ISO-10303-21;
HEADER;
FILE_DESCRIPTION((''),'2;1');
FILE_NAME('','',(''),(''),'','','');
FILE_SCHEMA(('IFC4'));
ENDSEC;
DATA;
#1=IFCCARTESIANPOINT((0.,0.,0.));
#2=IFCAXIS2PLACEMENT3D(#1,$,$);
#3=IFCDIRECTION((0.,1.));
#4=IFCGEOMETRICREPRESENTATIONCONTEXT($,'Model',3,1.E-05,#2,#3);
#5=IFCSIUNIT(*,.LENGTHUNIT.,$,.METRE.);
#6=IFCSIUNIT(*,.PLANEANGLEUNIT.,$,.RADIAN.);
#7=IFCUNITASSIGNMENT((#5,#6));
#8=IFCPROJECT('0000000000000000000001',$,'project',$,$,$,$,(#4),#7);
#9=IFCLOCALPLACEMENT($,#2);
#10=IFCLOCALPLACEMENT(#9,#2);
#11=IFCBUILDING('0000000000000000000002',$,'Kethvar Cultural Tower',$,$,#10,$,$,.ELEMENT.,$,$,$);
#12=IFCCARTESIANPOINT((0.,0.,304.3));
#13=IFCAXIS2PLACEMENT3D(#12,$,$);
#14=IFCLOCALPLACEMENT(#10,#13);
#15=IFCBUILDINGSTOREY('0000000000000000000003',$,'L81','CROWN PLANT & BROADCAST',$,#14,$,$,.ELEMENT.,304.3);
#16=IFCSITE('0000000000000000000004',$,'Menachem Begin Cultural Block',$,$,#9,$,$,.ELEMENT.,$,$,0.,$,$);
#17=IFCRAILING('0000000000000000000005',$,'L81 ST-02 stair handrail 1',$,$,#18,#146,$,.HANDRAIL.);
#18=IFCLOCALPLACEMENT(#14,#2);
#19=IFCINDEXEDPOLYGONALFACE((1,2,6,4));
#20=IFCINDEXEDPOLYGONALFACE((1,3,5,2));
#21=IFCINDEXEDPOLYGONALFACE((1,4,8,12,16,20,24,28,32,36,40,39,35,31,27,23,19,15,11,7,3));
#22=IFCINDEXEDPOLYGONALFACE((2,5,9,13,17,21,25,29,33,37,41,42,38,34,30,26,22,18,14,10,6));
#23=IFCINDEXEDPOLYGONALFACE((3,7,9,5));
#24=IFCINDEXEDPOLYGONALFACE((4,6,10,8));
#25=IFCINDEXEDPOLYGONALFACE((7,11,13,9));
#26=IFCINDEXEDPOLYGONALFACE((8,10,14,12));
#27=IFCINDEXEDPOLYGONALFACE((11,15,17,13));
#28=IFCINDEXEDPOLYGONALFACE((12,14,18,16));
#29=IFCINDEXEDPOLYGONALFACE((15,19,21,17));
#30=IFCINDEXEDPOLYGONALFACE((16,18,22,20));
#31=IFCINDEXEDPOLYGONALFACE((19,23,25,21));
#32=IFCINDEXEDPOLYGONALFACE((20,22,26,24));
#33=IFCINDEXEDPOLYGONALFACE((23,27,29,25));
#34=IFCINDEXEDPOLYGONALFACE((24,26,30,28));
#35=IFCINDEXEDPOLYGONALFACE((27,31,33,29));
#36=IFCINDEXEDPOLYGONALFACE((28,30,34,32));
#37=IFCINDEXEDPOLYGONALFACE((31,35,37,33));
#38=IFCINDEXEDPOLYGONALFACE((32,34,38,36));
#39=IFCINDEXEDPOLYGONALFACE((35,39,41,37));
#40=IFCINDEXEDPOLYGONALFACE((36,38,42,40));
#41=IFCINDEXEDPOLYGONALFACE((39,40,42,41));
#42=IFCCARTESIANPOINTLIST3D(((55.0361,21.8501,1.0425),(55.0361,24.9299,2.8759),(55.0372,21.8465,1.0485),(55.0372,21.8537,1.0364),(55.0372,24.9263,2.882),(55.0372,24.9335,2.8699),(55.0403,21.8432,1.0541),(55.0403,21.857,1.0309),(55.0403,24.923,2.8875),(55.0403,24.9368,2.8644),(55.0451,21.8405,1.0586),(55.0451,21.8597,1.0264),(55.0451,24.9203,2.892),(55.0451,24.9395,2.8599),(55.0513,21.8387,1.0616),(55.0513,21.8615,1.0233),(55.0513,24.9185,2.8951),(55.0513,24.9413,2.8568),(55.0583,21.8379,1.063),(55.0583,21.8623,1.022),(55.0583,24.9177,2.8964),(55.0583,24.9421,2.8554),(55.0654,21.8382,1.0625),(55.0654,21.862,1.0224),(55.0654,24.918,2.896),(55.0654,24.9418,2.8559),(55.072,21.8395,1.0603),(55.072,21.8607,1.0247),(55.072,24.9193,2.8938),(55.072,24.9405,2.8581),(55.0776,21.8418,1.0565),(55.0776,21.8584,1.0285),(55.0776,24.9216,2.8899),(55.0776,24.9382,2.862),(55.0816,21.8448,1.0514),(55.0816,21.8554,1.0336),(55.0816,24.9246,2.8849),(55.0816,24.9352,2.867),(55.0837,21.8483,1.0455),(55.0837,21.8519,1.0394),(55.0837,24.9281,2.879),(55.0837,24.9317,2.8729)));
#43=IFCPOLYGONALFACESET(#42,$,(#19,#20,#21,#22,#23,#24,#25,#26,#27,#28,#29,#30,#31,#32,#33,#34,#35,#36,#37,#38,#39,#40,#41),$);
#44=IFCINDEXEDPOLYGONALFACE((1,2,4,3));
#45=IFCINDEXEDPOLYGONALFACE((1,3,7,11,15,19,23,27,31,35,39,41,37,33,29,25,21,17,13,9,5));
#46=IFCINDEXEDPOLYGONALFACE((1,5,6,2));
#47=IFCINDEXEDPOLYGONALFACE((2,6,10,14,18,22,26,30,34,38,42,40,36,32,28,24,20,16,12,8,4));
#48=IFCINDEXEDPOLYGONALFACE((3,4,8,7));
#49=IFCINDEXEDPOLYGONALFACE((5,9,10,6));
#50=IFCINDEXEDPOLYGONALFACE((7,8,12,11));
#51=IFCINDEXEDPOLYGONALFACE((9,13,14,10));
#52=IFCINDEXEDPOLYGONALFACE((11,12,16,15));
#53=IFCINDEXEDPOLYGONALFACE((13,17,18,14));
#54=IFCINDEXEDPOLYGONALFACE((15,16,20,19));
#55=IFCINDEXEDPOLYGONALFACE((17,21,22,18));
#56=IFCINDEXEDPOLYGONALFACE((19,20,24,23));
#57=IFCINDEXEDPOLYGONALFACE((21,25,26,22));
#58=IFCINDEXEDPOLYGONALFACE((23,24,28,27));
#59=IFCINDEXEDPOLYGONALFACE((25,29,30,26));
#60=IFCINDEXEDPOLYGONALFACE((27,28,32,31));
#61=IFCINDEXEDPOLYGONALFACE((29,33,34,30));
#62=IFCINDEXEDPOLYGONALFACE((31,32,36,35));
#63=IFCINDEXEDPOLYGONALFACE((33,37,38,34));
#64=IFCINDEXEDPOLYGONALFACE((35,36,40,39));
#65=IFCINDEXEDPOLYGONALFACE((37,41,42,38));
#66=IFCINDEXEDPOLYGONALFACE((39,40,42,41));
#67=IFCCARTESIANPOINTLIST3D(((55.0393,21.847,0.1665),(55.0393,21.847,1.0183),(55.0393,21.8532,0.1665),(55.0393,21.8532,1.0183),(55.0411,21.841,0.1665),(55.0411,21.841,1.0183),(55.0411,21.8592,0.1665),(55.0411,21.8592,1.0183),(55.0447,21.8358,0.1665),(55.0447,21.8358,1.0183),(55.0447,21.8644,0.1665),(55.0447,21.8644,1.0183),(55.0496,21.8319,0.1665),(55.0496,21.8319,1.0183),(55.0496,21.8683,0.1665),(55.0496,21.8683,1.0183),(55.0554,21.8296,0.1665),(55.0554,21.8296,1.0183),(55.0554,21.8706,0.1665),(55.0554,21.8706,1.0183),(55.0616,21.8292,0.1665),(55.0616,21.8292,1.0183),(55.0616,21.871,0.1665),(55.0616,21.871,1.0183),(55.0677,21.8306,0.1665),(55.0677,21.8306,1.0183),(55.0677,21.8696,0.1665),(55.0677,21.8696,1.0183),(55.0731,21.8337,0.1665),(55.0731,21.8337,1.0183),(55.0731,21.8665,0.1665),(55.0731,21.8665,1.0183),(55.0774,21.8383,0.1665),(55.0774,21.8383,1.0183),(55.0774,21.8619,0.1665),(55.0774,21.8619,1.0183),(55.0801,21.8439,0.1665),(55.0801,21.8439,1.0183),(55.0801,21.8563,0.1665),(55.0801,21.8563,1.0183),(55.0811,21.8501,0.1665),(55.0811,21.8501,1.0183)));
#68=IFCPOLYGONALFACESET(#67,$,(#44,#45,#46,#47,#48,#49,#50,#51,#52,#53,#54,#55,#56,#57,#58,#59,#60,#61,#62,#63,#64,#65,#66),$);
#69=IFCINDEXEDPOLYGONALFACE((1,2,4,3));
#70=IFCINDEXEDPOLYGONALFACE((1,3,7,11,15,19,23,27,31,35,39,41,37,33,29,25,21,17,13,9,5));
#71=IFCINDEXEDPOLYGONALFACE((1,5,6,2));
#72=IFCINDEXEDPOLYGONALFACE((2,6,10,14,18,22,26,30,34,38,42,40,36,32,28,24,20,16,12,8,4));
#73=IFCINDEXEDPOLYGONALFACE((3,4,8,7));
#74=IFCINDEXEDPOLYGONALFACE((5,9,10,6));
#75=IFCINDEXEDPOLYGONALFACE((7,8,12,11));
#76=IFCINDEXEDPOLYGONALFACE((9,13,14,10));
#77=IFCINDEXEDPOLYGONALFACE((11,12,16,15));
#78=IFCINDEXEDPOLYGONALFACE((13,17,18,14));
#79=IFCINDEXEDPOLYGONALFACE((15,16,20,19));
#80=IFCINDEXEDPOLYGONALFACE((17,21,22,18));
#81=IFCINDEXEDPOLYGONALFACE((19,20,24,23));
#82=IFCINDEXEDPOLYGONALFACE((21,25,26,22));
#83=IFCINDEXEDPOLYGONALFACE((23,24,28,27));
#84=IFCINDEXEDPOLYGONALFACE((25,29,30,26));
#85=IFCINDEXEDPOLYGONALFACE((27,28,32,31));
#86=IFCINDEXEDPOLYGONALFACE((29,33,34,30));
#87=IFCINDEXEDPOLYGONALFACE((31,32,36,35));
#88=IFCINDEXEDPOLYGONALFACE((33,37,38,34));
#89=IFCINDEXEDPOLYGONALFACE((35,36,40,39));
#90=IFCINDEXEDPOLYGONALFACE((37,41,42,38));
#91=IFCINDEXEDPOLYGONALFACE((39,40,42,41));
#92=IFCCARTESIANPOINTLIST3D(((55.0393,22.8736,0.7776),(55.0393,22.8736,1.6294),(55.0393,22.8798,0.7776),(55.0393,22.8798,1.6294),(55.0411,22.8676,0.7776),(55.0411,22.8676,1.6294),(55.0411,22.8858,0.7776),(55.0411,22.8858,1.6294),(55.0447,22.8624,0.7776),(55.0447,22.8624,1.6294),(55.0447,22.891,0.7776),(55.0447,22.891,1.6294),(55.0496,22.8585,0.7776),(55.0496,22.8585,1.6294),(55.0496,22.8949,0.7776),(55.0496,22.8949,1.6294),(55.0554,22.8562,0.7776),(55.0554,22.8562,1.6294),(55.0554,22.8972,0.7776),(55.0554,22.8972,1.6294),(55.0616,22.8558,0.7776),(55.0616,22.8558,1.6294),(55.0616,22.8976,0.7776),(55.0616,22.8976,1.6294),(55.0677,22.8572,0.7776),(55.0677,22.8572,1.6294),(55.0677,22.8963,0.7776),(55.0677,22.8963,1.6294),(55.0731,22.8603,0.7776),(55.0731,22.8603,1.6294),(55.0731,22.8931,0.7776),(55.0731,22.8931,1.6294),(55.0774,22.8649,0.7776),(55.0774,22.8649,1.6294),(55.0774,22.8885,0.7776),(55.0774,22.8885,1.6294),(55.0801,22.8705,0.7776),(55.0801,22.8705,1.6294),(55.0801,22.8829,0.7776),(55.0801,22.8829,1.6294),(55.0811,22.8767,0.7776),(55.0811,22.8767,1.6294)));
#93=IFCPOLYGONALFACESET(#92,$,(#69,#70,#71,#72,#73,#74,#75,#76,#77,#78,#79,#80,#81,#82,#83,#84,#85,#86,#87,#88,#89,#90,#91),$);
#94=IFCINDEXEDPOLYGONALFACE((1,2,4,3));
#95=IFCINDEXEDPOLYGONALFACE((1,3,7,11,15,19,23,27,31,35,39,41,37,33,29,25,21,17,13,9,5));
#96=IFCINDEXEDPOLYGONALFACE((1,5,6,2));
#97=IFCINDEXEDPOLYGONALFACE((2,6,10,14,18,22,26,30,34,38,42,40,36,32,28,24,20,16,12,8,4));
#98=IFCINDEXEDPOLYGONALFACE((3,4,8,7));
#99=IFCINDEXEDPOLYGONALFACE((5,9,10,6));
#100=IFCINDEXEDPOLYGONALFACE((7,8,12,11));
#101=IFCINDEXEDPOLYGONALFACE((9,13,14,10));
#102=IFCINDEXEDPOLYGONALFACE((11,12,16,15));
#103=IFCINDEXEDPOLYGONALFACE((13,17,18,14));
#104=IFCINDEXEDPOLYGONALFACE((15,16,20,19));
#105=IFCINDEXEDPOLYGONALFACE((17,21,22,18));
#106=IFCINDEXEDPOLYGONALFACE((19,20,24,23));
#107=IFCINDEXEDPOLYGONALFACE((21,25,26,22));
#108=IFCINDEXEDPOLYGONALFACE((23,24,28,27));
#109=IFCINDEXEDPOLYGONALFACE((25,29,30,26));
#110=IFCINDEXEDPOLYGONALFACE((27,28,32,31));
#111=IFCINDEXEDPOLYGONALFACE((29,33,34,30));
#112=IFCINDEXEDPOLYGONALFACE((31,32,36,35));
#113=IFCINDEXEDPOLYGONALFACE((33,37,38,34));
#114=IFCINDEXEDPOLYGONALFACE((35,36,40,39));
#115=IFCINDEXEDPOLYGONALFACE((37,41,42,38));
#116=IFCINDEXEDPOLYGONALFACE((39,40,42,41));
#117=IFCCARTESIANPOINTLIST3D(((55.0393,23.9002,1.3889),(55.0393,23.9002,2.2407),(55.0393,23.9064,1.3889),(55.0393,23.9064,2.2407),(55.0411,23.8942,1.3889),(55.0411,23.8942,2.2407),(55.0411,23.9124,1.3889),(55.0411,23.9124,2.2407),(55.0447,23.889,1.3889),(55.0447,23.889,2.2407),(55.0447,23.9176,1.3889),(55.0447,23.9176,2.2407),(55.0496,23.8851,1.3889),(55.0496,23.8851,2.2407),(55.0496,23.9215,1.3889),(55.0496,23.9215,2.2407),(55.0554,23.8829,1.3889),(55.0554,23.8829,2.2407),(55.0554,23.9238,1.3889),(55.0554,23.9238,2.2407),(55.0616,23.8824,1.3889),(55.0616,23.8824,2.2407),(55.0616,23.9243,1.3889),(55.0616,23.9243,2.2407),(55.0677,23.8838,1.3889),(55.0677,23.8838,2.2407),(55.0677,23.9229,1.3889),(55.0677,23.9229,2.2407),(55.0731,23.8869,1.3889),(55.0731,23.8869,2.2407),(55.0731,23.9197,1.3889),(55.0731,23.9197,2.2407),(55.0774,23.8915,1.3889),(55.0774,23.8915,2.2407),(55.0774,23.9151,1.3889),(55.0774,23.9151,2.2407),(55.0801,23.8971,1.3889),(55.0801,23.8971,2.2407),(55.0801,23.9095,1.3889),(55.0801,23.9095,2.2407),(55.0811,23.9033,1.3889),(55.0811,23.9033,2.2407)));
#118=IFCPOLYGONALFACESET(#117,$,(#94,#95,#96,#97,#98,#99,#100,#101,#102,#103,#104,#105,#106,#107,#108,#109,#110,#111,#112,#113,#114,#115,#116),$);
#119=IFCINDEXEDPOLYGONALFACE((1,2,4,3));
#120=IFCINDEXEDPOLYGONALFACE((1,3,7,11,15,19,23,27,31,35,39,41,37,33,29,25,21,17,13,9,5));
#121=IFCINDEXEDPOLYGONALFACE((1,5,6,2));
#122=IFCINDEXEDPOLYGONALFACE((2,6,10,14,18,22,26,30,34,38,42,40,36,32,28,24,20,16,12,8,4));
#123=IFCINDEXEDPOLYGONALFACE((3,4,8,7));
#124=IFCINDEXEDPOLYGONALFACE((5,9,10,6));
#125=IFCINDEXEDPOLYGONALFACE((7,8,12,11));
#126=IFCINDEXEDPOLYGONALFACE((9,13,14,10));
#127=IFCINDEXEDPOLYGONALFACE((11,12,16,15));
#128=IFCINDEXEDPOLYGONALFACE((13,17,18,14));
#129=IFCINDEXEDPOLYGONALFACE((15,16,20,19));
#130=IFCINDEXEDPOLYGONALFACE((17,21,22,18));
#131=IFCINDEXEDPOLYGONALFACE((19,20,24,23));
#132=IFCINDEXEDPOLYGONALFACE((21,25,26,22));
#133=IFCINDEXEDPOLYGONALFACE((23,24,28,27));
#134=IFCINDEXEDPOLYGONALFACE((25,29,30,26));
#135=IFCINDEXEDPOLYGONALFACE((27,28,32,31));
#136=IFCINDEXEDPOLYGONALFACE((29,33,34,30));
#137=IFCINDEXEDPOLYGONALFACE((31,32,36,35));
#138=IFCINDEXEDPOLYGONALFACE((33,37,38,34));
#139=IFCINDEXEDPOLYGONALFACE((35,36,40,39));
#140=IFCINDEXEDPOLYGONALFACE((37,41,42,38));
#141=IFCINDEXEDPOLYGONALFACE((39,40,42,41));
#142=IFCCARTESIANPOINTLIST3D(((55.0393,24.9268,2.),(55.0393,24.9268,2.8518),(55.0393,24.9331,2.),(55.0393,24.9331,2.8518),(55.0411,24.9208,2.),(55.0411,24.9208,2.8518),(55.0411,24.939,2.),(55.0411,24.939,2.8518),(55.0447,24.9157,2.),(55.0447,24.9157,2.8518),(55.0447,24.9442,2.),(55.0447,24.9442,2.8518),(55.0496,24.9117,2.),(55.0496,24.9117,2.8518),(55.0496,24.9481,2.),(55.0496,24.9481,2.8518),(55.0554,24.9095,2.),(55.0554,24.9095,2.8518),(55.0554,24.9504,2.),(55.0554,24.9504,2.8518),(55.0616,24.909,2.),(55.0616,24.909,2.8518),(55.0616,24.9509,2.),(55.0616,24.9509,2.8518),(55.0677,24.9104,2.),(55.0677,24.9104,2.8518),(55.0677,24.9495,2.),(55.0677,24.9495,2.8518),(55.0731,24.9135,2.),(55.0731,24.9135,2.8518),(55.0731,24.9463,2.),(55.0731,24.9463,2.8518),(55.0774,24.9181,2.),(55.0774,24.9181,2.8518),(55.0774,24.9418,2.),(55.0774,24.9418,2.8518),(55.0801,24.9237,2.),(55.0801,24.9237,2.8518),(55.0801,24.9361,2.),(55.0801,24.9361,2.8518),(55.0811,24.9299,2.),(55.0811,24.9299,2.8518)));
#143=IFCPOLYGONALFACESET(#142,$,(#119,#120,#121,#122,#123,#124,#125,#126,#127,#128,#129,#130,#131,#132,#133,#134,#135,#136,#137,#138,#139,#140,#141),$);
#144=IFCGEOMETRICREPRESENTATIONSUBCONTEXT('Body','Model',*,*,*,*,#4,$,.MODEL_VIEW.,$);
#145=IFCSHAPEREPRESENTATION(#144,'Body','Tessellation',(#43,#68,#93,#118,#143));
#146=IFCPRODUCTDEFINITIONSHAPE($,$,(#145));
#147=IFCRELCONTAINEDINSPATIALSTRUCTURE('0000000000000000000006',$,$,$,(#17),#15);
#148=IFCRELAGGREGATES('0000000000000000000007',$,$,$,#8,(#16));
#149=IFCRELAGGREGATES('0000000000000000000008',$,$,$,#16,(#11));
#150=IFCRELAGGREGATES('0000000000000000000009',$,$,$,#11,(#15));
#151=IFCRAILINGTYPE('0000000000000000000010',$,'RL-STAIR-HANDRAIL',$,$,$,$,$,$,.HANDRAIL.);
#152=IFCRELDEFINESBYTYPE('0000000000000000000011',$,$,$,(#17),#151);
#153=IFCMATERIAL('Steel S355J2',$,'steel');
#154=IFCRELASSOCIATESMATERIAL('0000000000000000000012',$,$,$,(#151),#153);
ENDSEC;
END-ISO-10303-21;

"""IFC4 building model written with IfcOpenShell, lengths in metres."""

from ifc_helpers import new_model, si_unit, direction, frame, origin, origin_2d, place, context, subcontext, project, spatial, circle, extrude, material, type_object, element, save


model = new_model("IFC4")

# Units and contexts
model_context = context("Model", 3, precision=1e-05, world=origin(), true_north=direction((0.0, 1.0)))
body_context = subcontext(model_context, "Body", "Model", "MODEL_VIEW")
ifc_project = project(units=[si_unit("LENGTHUNIT", "METRE"), si_unit("PLANEANGLEUNIT", "RADIAN")], contexts=[model_context])

# Site, building, storey
site_placement = place(None, origin())
site = spatial("IfcSite", under=ifc_project, at=site_placement, Name="Menachem Begin Cultural Block", CompositionType="ELEMENT", RefElevation=0.0)
building_placement = place(site_placement, origin())
building = spatial("IfcBuilding", under=site, at=building_placement, Name="Kethvar Cultural Tower", CompositionType="ELEMENT")
storey_placement = place(building_placement, frame((0.0, 0.0, 304.3)))
storey = spatial("IfcBuildingStorey", under=building, at=storey_placement, Name="L81", Description="CROWN PLANT & BROADCAST", CompositionType="ELEMENT", Elevation=304.3)

# Shared definitions
ifc_material_1 = material(Name="Steel S355J2", Category="steel")

# Railing
railing_type_1 = type_object("IfcRailingType", Name="RL-STAIR-HANDRAIL", PredefinedType="HANDRAIL", material=ifc_material_1)
railing_1_placement = place(storey_placement, frame((55.0601, 21.8501, 0.1665)))
element("IfcRailing", 1, at=railing_1_placement, inside=storey, type_object=railing_type_1, Name="L81 ST-02 stair handrail 1", PredefinedType="HANDRAIL", context=body_context, shape_type="SweptSolid", body=[
    extrude(circle(Radius=0.0239, at=origin_2d()), frame((0.0, 0.0, 0.876), z_axis=(0.0, 0.859261, 0.511538), x_axis=(-1.0, 0.0, 0.0)), (0.0, 0.0, 1.0), 3.5842),
    extrude(circle(Radius=0.021, at=origin_2d()), origin(), (0.0, 0.0, 1.0), 0.8518),
    extrude(circle(Radius=0.021, at=origin_2d()), frame((0.0, 1.0266, 0.6111)), (0.0, 0.0, 1.0), 0.8518),
    extrude(circle(Radius=0.021, at=origin_2d()), frame((0.0, 2.0532, 1.2224)), (0.0, 0.0, 1.0), 0.8518),
    extrude(circle(Radius=0.021, at=origin_2d()), frame((0.0, 3.0798, 1.8335)), (0.0, 0.0, 1.0), 0.8518),
])

save(model, "model.ifc")
